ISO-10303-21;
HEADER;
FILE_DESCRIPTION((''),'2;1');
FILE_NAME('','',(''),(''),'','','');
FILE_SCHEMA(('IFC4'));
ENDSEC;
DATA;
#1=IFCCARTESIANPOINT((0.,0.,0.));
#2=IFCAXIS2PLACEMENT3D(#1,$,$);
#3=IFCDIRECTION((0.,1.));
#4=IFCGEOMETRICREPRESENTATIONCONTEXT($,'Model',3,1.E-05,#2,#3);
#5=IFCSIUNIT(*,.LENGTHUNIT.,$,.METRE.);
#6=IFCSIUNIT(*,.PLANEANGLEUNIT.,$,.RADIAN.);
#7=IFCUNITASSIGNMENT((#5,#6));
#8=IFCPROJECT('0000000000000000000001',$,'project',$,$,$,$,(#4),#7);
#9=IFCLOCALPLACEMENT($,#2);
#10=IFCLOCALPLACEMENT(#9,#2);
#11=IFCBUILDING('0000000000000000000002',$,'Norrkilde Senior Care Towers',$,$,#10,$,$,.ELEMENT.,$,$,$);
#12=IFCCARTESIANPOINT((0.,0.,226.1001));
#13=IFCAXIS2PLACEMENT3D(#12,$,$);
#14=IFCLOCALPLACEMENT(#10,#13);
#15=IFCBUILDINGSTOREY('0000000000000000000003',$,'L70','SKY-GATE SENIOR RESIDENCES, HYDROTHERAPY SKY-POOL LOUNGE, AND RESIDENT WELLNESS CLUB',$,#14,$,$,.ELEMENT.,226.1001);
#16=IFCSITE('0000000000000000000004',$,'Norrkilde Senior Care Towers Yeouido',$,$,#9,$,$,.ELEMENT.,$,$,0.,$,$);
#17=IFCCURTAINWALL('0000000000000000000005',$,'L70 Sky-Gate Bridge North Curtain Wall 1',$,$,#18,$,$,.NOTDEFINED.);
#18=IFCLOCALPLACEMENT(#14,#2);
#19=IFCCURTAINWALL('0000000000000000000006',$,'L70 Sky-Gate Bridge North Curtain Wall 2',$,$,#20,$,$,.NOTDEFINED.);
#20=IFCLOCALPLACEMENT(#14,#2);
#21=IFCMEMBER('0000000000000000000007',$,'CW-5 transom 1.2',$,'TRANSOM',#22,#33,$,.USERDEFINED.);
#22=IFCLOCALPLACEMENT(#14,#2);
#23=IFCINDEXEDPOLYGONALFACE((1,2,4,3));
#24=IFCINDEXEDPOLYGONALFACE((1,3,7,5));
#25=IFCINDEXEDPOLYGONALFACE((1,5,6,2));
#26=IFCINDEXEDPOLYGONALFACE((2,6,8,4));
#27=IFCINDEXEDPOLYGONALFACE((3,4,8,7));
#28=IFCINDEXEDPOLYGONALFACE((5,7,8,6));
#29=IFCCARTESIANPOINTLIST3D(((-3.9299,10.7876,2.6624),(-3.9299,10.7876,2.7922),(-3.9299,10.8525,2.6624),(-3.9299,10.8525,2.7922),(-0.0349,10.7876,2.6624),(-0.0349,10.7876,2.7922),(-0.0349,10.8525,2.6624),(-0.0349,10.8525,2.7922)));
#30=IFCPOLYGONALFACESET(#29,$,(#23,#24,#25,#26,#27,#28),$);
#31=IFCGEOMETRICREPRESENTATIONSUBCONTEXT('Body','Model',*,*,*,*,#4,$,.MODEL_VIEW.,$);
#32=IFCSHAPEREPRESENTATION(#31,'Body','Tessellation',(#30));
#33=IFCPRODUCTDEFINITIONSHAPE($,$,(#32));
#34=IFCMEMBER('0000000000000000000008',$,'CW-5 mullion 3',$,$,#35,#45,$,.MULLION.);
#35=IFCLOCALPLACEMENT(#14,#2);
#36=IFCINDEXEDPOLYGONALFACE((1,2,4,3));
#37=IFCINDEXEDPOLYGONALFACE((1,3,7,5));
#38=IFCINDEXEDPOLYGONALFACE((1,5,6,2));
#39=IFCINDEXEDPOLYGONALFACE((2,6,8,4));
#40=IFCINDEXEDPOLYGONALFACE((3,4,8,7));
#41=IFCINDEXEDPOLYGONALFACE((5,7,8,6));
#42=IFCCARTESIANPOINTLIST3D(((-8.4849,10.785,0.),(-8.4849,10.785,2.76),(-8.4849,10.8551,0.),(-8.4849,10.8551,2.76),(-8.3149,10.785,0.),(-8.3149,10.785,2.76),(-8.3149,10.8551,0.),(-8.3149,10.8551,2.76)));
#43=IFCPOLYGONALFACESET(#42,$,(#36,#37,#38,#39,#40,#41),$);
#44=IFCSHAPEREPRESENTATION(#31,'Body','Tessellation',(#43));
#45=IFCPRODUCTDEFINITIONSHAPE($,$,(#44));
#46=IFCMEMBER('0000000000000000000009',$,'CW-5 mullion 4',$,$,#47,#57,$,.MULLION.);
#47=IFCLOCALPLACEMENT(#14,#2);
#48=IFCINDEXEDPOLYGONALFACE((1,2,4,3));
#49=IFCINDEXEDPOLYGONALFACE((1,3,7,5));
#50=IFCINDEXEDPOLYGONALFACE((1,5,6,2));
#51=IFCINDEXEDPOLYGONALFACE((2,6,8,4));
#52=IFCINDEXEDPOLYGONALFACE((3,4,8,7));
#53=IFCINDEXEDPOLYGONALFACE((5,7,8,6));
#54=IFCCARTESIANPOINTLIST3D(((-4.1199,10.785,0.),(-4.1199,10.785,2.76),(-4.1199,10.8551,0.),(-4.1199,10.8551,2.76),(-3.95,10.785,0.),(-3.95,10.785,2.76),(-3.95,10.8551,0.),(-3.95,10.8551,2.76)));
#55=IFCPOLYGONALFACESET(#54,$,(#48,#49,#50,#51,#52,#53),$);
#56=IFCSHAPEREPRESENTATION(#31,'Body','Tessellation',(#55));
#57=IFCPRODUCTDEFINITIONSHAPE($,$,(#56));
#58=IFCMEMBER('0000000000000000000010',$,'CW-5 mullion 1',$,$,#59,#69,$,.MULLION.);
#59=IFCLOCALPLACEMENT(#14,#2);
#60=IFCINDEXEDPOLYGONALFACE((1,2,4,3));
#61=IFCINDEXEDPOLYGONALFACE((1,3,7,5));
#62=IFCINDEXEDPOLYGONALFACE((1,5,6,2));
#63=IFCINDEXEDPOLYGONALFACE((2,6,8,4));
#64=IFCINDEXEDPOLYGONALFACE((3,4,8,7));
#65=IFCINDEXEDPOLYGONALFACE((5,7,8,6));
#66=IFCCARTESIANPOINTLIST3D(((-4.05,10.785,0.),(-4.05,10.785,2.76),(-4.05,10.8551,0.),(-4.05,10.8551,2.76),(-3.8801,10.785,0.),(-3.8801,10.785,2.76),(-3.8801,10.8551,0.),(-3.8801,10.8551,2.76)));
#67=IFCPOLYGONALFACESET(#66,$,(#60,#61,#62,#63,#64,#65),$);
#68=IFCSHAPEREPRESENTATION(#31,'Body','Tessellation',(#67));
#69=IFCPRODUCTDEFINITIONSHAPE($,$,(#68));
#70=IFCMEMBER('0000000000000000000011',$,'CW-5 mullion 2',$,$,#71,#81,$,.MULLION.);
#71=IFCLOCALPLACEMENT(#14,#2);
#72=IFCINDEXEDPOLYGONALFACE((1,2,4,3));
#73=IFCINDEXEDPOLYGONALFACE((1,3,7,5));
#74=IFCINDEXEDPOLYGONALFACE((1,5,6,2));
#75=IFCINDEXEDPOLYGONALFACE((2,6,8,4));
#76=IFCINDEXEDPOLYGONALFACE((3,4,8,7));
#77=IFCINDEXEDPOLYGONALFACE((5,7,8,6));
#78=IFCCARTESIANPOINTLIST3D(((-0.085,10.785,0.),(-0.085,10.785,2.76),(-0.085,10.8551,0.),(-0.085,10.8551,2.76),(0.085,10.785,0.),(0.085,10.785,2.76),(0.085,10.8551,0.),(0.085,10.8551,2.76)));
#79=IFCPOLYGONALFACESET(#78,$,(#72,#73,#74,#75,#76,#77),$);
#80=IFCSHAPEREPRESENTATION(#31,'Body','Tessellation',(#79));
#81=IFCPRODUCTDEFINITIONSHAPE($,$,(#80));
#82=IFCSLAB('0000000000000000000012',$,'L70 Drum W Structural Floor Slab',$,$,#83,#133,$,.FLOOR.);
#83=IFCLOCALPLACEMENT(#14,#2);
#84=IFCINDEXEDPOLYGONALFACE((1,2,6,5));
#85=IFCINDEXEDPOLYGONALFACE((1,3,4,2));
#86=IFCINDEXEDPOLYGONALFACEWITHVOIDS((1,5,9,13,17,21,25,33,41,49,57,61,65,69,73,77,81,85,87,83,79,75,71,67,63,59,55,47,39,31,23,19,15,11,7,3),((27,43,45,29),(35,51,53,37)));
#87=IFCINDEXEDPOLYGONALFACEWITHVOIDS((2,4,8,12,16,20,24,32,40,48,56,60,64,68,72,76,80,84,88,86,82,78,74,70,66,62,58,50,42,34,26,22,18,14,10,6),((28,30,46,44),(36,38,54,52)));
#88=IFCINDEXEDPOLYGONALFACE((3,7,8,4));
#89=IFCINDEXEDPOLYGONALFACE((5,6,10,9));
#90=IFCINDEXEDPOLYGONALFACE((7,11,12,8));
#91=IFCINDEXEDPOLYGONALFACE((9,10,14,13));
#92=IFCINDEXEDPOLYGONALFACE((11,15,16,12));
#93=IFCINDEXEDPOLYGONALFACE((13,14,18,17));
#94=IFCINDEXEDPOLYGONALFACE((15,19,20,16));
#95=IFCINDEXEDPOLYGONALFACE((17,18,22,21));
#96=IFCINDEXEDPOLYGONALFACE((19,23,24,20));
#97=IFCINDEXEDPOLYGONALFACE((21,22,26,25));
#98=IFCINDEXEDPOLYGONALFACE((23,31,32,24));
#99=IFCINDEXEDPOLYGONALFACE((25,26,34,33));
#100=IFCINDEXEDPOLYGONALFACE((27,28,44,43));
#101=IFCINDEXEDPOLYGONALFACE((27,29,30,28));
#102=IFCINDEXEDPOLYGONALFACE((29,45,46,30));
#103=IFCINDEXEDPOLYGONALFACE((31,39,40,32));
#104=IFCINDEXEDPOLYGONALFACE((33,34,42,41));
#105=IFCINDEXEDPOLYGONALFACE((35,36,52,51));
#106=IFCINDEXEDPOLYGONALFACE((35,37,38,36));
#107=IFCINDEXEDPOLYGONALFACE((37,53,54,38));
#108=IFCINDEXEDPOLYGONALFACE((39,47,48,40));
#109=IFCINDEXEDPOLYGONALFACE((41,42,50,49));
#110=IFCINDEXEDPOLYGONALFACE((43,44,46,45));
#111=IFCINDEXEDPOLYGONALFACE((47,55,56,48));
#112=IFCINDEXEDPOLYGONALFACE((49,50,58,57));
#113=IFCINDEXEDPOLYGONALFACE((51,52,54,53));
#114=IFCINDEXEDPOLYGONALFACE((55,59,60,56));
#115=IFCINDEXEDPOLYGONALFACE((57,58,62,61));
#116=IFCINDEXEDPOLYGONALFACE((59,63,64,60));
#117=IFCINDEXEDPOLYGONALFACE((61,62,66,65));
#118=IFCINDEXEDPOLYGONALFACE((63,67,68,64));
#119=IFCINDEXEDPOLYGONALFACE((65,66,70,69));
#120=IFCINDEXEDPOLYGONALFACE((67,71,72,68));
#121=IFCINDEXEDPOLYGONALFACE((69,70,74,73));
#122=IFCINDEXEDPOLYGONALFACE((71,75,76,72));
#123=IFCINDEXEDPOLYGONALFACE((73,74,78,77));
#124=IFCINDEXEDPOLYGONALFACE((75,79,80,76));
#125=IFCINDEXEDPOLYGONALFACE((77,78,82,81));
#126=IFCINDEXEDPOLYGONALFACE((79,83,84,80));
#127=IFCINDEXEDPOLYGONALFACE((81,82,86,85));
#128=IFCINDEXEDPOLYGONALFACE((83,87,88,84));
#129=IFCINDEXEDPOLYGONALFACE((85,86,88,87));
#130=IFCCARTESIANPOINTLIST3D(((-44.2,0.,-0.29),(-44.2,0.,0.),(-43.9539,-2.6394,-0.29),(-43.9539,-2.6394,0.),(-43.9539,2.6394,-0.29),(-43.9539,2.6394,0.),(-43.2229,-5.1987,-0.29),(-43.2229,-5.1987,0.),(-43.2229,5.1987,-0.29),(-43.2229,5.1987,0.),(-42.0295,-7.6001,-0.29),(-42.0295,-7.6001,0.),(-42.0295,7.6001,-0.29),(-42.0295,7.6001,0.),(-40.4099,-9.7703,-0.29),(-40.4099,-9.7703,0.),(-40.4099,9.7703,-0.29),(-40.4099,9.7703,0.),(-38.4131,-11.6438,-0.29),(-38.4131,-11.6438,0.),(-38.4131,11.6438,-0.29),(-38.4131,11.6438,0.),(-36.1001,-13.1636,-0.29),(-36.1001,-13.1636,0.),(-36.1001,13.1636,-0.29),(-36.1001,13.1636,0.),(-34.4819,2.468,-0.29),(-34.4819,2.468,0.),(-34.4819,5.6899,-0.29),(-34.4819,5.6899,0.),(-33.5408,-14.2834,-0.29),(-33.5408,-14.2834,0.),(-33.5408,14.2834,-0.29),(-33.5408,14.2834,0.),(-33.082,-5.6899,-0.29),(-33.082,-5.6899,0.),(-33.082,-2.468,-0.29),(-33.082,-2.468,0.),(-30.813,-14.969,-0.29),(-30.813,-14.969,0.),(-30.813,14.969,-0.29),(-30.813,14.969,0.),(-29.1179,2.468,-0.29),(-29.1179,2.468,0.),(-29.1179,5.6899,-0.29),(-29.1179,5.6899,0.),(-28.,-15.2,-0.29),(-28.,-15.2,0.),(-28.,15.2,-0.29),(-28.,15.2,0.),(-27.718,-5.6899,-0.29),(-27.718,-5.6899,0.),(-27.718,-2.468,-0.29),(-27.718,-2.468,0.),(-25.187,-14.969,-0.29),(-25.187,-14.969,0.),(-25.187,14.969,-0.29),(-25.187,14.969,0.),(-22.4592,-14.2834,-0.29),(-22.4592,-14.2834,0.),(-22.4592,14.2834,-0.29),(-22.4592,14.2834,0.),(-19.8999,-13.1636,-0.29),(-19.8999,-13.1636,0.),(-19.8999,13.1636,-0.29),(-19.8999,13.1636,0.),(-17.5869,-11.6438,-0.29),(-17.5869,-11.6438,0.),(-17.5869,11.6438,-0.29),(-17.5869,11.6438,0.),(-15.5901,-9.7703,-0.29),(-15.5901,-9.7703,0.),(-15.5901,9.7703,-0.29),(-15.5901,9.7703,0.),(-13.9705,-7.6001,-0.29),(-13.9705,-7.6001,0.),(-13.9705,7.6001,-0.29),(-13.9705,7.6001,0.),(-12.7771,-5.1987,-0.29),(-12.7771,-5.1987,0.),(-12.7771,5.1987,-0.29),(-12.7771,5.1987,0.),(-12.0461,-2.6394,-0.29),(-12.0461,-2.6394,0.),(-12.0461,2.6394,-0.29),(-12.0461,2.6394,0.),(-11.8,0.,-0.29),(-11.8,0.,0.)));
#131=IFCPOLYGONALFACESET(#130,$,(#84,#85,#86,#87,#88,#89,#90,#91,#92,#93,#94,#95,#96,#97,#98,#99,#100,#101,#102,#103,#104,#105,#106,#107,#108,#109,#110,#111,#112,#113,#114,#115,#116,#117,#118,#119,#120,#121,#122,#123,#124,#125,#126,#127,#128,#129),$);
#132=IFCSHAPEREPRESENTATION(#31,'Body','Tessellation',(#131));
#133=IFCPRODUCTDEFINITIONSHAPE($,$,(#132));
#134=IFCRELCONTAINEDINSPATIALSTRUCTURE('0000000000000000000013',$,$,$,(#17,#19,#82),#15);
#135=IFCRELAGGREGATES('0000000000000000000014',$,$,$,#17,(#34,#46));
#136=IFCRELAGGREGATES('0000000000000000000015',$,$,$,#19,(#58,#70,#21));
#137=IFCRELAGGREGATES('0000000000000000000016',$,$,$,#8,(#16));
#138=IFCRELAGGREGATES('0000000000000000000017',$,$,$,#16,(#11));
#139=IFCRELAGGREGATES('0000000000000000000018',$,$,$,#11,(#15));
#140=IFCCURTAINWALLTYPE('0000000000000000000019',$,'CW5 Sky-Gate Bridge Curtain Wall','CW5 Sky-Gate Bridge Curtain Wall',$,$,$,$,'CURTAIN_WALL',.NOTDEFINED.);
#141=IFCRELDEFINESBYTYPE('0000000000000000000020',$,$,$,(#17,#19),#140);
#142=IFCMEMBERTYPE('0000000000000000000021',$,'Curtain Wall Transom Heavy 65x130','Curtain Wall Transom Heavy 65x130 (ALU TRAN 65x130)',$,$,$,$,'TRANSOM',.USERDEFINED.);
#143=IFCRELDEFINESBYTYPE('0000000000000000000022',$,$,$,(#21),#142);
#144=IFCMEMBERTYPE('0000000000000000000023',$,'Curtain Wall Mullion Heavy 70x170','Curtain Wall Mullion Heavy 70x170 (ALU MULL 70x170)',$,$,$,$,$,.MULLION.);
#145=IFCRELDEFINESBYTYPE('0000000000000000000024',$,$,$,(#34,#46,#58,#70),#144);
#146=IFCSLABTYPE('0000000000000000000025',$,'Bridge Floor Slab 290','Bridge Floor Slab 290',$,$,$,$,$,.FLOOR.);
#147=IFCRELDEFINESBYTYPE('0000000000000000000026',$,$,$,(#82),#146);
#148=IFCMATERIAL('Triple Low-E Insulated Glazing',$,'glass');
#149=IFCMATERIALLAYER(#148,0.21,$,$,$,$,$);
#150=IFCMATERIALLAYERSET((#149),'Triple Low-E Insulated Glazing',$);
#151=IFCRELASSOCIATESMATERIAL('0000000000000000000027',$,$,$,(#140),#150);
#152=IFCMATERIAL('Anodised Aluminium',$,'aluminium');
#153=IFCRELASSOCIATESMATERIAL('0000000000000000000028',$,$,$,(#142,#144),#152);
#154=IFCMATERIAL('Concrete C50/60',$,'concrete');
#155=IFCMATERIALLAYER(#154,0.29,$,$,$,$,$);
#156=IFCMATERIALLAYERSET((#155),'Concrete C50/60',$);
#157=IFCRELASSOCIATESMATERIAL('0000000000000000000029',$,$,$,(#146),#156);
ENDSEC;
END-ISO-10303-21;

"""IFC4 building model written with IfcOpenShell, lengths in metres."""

from ifc_helpers import new_model, si_unit, direction, frame, origin, origin_2d, place, context, subcontext, project, spatial, polyline, rectangle, outline, extrude, source, transform, mapped, material, layer, layer_set, material_profile, profile_set, type_object, type_shapes, element, aggregate, save


model = new_model("IFC4")

# Units and contexts
model_context = context("Model", 3, precision=1e-05, world=origin(), true_north=direction((0.0, 1.0)))
body_context = subcontext(model_context, "Body", "Model", "MODEL_VIEW")
ifc_project = project(units=[si_unit("LENGTHUNIT", "METRE"), si_unit("PLANEANGLEUNIT", "RADIAN")], contexts=[model_context])

# Site, building, storey
site_placement = place(None, origin())
site = spatial("IfcSite", under=ifc_project, at=site_placement, Name="Norrkilde Senior Care Towers Yeouido", CompositionType="ELEMENT", RefElevation=0.0)
building_placement = place(site_placement, origin())
building = spatial("IfcBuilding", under=site, at=building_placement, Name="Norrkilde Senior Care Towers", CompositionType="ELEMENT")
storey_placement = place(building_placement, frame((0.0, 0.0, 226.1001)))
storey = spatial("IfcBuildingStorey", under=building, at=storey_placement, Name="L70", Description="SKY-GATE SENIOR RESIDENCES, HYDROTHERAPY SKY-POOL LOUNGE, AND RESIDENT WELLNESS CLUB", CompositionType="ELEMENT", Elevation=226.1001)

# Curtain walls, member
ifc_material_1 = material(Name="Triple Low-E Insulated Glazing", Category="glass")
ifc_layer_1 = layer(ifc_material_1, 0.21)
ifc_layer_set_1 = layer_set([ifc_layer_1], Name="Triple Low-E Insulated Glazing")
curtain_wall_type = type_object("IfcCurtainWallType", Name="CW5 Sky-Gate Bridge Curtain Wall", Description="CW5 Sky-Gate Bridge Curtain Wall", ElementType="CURTAIN_WALL", PredefinedType="NOTDEFINED", material=ifc_layer_set_1)
curtain_wall_1_placement = place(storey_placement, origin())
curtain_wall_1 = element("IfcCurtainWall", 1, at=curtain_wall_1_placement, inside=storey, type_object=curtain_wall_type, Name="L70 Sky-Gate Bridge North Curtain Wall 1", PredefinedType="NOTDEFINED")
ifc_material_2 = material(Name="Anodised Aluminium", Category="aluminium")
ifc_material_profile_1 = material_profile(ifc_material_2, rectangle(XDim=0.0649, YDim=0.1299, at=origin_2d()), Name="ALU TRAN 65x130")
ifc_profile_set_1 = profile_set([ifc_material_profile_1], Name="Anodised Aluminium")
member_type_1 = type_object("IfcMemberType", Name="Curtain Wall Transom Heavy 65x130", Description="Curtain Wall Transom Heavy 65x130 (ALU TRAN 65x130)", ElementType="TRANSOM", PredefinedType="USERDEFINED", material=ifc_profile_set_1)
curtain_wall_2_placement = place(storey_placement, origin())
curtain_wall_2 = element("IfcCurtainWall", 2, at=curtain_wall_2_placement, inside=storey, type_object=curtain_wall_type, Name="L70 Sky-Gate Bridge North Curtain Wall 2", PredefinedType="NOTDEFINED")
shared_shape_1 = source(origin(), body_context, "Body", "SweptSolid", [
    extrude(rectangle(XDim=0.0649, YDim=0.1299, at=origin_2d()), origin(), (0.0, 0.0, 1.0), 3.895),
])
member_1_placement = place(storey_placement, frame((-3.9299, 10.8201, 2.7273), z_axis=(1.0, 0.0, 0.0), x_axis=(0.0, 1.0, 0.0)))
member_1 = element("IfcMember", 3, at=member_1_placement, type_object=member_type_1, Name="CW-5 transom 1.2", ObjectType="TRANSOM", PredefinedType="USERDEFINED", context=body_context, shape_type="MappedRepresentation", body=[
    mapped(shared_shape_1, transform((0.0, 0.0, 0.0), x_axis=(1.0, 0.0, 0.0), y_axis=(0.0, 1.0, 0.0), z_axis=(0.0, 0.0, 1.0), scale=1.0)),
])

# Members
ifc_material_profile_2 = material_profile(ifc_material_2, rectangle(XDim=0.0701, YDim=0.1699, at=origin_2d()), Name="ALU MULL 70x170")
ifc_profile_set_2 = profile_set([ifc_material_profile_2], Name="Anodised Aluminium")
member_type_2 = type_object("IfcMemberType", Name="Curtain Wall Mullion Heavy 70x170", Description="Curtain Wall Mullion Heavy 70x170 (ALU MULL 70x170)", PredefinedType="MULLION", material=ifc_profile_set_2)
shared_shape_2 = source(origin(), body_context, "Body", "SweptSolid", [
    extrude(rectangle(XDim=0.0701, YDim=0.1699, at=origin_2d()), origin(), (0.0, 0.0, 1.0), 2.76),
])
type_shapes(member_type_2, [shared_shape_2])
member_2_placement = place(storey_placement, frame((-8.3999, 10.8201, 0.0), z_axis=(0.0, 0.0, 1.0), x_axis=(0.0, 1.0, 0.0)))
member_2 = element("IfcMember", 4, at=member_2_placement, type_object=member_type_2, Name="CW-5 mullion 3", PredefinedType="MULLION", context=body_context, shape_type="MappedRepresentation", body=[
    mapped(shared_shape_2, transform((0.0, 0.0, 0.0), x_axis=(1.0, 0.0, 0.0), y_axis=(0.0, 1.0, 0.0), z_axis=(0.0, 0.0, 1.0), scale=1.0)),
])
member_3_placement = place(storey_placement, frame((-4.0349, 10.8201, 0.0), z_axis=(0.0, 0.0, 1.0), x_axis=(0.0, 1.0, 0.0)))
member_3 = element("IfcMember", 5, at=member_3_placement, type_object=member_type_2, Name="CW-5 mullion 4", PredefinedType="MULLION", context=body_context, shape_type="MappedRepresentation", body=[
    mapped(shared_shape_2, transform((0.0, 0.0, 0.0), x_axis=(1.0, 0.0, 0.0), y_axis=(0.0, 1.0, 0.0), z_axis=(0.0, 0.0, 1.0), scale=1.0)),
])
member_4_placement = place(storey_placement, frame((-3.9651, 10.8201, 0.0), z_axis=(0.0, 0.0, 1.0), x_axis=(0.0, 1.0, 0.0)))
member_4 = element("IfcMember", 6, at=member_4_placement, type_object=member_type_2, Name="CW-5 mullion 1", PredefinedType="MULLION", context=body_context, shape_type="MappedRepresentation", body=[
    mapped(shared_shape_2, transform((0.0, 0.0, 0.0), x_axis=(1.0, 0.0, 0.0), y_axis=(0.0, 1.0, 0.0), z_axis=(0.0, 0.0, 1.0), scale=1.0)),
])
member_5_placement = place(storey_placement, frame((0.0, 10.8201, 0.0), z_axis=(0.0, 0.0, 1.0), x_axis=(0.0, 1.0, 0.0)))
member_5 = element("IfcMember", 7, at=member_5_placement, type_object=member_type_2, Name="CW-5 mullion 2", PredefinedType="MULLION", context=body_context, shape_type="MappedRepresentation", body=[
    mapped(shared_shape_2, transform((0.0, 0.0, 0.0), x_axis=(1.0, 0.0, 0.0), y_axis=(0.0, 1.0, 0.0), z_axis=(0.0, 0.0, 1.0), scale=1.0)),
])

# Slab
ifc_material_3 = material(Name="Concrete C50/60", Category="concrete")
ifc_layer_2 = layer(ifc_material_3, 0.29)
ifc_layer_set_2 = layer_set([ifc_layer_2], Name="Concrete C50/60")
slab_type_1 = type_object("IfcSlabType", Name="Bridge Floor Slab 290", Description="Bridge Floor Slab 290", PredefinedType="FLOOR", material=ifc_layer_set_2)
slab_1_placement = place(storey_placement, frame((0.0, 0.0, -0.29)))
element("IfcSlab", 8, at=slab_1_placement, inside=storey, type_object=slab_type_1, Name="L70 Drum W Structural Floor Slab", PredefinedType="FLOOR", context=body_context, shape_type="SweptSolid", body=[
    extrude(outline(polyline([(-12.7771, -5.1987), (-13.9705, -7.6001), (-15.5901, -9.7703), (-17.5869, -11.6438), (-19.8999, -13.1636), (-22.4592, -14.2834), (-25.187, -14.969), (-28.0, -15.2), (-30.813, -14.969), (-33.5408, -14.2834), (-36.1001, -13.1636), (-38.4131, -11.6438), (-40.4099, -9.7703), (-42.0295, -7.6001), (-43.2229, -5.1987), (-43.9539, -2.6394), (-44.2, 0.0), (-43.9539, 2.6394), (-43.2229, 5.1987), (-42.0295, 7.6001), (-40.4099, 9.7703), (-38.4131, 11.6438), (-36.1001, 13.1636), (-33.5408, 14.2834), (-30.813, 14.969), (-28.0, 15.2), (-25.187, 14.969), (-22.4592, 14.2834), (-19.8999, 13.1636), (-17.5869, 11.6438), (-15.5901, 9.7703), (-13.9705, 7.6001), (-12.7771, 5.1987), (-12.0461, 2.6394), (-11.8, 0.0), (-12.0461, -2.6394), (-12.7771, -5.1987)]), holes=[polyline([(-34.4819, 2.468), (-29.1179, 2.468), (-29.1179, 5.6899), (-34.4819, 5.6899), (-34.4819, 2.468)]), polyline([(-27.718, -5.6899), (-27.718, -2.468), (-33.082, -2.468), (-33.082, -5.6899), (-27.718, -5.6899)])]), origin(), (0.0, 0.0, 1.0), 0.29),
])

aggregate(curtain_wall_1, [member_2, member_3])
aggregate(curtain_wall_2, [member_4, member_5, member_1])

save(model, "model.ifc")
